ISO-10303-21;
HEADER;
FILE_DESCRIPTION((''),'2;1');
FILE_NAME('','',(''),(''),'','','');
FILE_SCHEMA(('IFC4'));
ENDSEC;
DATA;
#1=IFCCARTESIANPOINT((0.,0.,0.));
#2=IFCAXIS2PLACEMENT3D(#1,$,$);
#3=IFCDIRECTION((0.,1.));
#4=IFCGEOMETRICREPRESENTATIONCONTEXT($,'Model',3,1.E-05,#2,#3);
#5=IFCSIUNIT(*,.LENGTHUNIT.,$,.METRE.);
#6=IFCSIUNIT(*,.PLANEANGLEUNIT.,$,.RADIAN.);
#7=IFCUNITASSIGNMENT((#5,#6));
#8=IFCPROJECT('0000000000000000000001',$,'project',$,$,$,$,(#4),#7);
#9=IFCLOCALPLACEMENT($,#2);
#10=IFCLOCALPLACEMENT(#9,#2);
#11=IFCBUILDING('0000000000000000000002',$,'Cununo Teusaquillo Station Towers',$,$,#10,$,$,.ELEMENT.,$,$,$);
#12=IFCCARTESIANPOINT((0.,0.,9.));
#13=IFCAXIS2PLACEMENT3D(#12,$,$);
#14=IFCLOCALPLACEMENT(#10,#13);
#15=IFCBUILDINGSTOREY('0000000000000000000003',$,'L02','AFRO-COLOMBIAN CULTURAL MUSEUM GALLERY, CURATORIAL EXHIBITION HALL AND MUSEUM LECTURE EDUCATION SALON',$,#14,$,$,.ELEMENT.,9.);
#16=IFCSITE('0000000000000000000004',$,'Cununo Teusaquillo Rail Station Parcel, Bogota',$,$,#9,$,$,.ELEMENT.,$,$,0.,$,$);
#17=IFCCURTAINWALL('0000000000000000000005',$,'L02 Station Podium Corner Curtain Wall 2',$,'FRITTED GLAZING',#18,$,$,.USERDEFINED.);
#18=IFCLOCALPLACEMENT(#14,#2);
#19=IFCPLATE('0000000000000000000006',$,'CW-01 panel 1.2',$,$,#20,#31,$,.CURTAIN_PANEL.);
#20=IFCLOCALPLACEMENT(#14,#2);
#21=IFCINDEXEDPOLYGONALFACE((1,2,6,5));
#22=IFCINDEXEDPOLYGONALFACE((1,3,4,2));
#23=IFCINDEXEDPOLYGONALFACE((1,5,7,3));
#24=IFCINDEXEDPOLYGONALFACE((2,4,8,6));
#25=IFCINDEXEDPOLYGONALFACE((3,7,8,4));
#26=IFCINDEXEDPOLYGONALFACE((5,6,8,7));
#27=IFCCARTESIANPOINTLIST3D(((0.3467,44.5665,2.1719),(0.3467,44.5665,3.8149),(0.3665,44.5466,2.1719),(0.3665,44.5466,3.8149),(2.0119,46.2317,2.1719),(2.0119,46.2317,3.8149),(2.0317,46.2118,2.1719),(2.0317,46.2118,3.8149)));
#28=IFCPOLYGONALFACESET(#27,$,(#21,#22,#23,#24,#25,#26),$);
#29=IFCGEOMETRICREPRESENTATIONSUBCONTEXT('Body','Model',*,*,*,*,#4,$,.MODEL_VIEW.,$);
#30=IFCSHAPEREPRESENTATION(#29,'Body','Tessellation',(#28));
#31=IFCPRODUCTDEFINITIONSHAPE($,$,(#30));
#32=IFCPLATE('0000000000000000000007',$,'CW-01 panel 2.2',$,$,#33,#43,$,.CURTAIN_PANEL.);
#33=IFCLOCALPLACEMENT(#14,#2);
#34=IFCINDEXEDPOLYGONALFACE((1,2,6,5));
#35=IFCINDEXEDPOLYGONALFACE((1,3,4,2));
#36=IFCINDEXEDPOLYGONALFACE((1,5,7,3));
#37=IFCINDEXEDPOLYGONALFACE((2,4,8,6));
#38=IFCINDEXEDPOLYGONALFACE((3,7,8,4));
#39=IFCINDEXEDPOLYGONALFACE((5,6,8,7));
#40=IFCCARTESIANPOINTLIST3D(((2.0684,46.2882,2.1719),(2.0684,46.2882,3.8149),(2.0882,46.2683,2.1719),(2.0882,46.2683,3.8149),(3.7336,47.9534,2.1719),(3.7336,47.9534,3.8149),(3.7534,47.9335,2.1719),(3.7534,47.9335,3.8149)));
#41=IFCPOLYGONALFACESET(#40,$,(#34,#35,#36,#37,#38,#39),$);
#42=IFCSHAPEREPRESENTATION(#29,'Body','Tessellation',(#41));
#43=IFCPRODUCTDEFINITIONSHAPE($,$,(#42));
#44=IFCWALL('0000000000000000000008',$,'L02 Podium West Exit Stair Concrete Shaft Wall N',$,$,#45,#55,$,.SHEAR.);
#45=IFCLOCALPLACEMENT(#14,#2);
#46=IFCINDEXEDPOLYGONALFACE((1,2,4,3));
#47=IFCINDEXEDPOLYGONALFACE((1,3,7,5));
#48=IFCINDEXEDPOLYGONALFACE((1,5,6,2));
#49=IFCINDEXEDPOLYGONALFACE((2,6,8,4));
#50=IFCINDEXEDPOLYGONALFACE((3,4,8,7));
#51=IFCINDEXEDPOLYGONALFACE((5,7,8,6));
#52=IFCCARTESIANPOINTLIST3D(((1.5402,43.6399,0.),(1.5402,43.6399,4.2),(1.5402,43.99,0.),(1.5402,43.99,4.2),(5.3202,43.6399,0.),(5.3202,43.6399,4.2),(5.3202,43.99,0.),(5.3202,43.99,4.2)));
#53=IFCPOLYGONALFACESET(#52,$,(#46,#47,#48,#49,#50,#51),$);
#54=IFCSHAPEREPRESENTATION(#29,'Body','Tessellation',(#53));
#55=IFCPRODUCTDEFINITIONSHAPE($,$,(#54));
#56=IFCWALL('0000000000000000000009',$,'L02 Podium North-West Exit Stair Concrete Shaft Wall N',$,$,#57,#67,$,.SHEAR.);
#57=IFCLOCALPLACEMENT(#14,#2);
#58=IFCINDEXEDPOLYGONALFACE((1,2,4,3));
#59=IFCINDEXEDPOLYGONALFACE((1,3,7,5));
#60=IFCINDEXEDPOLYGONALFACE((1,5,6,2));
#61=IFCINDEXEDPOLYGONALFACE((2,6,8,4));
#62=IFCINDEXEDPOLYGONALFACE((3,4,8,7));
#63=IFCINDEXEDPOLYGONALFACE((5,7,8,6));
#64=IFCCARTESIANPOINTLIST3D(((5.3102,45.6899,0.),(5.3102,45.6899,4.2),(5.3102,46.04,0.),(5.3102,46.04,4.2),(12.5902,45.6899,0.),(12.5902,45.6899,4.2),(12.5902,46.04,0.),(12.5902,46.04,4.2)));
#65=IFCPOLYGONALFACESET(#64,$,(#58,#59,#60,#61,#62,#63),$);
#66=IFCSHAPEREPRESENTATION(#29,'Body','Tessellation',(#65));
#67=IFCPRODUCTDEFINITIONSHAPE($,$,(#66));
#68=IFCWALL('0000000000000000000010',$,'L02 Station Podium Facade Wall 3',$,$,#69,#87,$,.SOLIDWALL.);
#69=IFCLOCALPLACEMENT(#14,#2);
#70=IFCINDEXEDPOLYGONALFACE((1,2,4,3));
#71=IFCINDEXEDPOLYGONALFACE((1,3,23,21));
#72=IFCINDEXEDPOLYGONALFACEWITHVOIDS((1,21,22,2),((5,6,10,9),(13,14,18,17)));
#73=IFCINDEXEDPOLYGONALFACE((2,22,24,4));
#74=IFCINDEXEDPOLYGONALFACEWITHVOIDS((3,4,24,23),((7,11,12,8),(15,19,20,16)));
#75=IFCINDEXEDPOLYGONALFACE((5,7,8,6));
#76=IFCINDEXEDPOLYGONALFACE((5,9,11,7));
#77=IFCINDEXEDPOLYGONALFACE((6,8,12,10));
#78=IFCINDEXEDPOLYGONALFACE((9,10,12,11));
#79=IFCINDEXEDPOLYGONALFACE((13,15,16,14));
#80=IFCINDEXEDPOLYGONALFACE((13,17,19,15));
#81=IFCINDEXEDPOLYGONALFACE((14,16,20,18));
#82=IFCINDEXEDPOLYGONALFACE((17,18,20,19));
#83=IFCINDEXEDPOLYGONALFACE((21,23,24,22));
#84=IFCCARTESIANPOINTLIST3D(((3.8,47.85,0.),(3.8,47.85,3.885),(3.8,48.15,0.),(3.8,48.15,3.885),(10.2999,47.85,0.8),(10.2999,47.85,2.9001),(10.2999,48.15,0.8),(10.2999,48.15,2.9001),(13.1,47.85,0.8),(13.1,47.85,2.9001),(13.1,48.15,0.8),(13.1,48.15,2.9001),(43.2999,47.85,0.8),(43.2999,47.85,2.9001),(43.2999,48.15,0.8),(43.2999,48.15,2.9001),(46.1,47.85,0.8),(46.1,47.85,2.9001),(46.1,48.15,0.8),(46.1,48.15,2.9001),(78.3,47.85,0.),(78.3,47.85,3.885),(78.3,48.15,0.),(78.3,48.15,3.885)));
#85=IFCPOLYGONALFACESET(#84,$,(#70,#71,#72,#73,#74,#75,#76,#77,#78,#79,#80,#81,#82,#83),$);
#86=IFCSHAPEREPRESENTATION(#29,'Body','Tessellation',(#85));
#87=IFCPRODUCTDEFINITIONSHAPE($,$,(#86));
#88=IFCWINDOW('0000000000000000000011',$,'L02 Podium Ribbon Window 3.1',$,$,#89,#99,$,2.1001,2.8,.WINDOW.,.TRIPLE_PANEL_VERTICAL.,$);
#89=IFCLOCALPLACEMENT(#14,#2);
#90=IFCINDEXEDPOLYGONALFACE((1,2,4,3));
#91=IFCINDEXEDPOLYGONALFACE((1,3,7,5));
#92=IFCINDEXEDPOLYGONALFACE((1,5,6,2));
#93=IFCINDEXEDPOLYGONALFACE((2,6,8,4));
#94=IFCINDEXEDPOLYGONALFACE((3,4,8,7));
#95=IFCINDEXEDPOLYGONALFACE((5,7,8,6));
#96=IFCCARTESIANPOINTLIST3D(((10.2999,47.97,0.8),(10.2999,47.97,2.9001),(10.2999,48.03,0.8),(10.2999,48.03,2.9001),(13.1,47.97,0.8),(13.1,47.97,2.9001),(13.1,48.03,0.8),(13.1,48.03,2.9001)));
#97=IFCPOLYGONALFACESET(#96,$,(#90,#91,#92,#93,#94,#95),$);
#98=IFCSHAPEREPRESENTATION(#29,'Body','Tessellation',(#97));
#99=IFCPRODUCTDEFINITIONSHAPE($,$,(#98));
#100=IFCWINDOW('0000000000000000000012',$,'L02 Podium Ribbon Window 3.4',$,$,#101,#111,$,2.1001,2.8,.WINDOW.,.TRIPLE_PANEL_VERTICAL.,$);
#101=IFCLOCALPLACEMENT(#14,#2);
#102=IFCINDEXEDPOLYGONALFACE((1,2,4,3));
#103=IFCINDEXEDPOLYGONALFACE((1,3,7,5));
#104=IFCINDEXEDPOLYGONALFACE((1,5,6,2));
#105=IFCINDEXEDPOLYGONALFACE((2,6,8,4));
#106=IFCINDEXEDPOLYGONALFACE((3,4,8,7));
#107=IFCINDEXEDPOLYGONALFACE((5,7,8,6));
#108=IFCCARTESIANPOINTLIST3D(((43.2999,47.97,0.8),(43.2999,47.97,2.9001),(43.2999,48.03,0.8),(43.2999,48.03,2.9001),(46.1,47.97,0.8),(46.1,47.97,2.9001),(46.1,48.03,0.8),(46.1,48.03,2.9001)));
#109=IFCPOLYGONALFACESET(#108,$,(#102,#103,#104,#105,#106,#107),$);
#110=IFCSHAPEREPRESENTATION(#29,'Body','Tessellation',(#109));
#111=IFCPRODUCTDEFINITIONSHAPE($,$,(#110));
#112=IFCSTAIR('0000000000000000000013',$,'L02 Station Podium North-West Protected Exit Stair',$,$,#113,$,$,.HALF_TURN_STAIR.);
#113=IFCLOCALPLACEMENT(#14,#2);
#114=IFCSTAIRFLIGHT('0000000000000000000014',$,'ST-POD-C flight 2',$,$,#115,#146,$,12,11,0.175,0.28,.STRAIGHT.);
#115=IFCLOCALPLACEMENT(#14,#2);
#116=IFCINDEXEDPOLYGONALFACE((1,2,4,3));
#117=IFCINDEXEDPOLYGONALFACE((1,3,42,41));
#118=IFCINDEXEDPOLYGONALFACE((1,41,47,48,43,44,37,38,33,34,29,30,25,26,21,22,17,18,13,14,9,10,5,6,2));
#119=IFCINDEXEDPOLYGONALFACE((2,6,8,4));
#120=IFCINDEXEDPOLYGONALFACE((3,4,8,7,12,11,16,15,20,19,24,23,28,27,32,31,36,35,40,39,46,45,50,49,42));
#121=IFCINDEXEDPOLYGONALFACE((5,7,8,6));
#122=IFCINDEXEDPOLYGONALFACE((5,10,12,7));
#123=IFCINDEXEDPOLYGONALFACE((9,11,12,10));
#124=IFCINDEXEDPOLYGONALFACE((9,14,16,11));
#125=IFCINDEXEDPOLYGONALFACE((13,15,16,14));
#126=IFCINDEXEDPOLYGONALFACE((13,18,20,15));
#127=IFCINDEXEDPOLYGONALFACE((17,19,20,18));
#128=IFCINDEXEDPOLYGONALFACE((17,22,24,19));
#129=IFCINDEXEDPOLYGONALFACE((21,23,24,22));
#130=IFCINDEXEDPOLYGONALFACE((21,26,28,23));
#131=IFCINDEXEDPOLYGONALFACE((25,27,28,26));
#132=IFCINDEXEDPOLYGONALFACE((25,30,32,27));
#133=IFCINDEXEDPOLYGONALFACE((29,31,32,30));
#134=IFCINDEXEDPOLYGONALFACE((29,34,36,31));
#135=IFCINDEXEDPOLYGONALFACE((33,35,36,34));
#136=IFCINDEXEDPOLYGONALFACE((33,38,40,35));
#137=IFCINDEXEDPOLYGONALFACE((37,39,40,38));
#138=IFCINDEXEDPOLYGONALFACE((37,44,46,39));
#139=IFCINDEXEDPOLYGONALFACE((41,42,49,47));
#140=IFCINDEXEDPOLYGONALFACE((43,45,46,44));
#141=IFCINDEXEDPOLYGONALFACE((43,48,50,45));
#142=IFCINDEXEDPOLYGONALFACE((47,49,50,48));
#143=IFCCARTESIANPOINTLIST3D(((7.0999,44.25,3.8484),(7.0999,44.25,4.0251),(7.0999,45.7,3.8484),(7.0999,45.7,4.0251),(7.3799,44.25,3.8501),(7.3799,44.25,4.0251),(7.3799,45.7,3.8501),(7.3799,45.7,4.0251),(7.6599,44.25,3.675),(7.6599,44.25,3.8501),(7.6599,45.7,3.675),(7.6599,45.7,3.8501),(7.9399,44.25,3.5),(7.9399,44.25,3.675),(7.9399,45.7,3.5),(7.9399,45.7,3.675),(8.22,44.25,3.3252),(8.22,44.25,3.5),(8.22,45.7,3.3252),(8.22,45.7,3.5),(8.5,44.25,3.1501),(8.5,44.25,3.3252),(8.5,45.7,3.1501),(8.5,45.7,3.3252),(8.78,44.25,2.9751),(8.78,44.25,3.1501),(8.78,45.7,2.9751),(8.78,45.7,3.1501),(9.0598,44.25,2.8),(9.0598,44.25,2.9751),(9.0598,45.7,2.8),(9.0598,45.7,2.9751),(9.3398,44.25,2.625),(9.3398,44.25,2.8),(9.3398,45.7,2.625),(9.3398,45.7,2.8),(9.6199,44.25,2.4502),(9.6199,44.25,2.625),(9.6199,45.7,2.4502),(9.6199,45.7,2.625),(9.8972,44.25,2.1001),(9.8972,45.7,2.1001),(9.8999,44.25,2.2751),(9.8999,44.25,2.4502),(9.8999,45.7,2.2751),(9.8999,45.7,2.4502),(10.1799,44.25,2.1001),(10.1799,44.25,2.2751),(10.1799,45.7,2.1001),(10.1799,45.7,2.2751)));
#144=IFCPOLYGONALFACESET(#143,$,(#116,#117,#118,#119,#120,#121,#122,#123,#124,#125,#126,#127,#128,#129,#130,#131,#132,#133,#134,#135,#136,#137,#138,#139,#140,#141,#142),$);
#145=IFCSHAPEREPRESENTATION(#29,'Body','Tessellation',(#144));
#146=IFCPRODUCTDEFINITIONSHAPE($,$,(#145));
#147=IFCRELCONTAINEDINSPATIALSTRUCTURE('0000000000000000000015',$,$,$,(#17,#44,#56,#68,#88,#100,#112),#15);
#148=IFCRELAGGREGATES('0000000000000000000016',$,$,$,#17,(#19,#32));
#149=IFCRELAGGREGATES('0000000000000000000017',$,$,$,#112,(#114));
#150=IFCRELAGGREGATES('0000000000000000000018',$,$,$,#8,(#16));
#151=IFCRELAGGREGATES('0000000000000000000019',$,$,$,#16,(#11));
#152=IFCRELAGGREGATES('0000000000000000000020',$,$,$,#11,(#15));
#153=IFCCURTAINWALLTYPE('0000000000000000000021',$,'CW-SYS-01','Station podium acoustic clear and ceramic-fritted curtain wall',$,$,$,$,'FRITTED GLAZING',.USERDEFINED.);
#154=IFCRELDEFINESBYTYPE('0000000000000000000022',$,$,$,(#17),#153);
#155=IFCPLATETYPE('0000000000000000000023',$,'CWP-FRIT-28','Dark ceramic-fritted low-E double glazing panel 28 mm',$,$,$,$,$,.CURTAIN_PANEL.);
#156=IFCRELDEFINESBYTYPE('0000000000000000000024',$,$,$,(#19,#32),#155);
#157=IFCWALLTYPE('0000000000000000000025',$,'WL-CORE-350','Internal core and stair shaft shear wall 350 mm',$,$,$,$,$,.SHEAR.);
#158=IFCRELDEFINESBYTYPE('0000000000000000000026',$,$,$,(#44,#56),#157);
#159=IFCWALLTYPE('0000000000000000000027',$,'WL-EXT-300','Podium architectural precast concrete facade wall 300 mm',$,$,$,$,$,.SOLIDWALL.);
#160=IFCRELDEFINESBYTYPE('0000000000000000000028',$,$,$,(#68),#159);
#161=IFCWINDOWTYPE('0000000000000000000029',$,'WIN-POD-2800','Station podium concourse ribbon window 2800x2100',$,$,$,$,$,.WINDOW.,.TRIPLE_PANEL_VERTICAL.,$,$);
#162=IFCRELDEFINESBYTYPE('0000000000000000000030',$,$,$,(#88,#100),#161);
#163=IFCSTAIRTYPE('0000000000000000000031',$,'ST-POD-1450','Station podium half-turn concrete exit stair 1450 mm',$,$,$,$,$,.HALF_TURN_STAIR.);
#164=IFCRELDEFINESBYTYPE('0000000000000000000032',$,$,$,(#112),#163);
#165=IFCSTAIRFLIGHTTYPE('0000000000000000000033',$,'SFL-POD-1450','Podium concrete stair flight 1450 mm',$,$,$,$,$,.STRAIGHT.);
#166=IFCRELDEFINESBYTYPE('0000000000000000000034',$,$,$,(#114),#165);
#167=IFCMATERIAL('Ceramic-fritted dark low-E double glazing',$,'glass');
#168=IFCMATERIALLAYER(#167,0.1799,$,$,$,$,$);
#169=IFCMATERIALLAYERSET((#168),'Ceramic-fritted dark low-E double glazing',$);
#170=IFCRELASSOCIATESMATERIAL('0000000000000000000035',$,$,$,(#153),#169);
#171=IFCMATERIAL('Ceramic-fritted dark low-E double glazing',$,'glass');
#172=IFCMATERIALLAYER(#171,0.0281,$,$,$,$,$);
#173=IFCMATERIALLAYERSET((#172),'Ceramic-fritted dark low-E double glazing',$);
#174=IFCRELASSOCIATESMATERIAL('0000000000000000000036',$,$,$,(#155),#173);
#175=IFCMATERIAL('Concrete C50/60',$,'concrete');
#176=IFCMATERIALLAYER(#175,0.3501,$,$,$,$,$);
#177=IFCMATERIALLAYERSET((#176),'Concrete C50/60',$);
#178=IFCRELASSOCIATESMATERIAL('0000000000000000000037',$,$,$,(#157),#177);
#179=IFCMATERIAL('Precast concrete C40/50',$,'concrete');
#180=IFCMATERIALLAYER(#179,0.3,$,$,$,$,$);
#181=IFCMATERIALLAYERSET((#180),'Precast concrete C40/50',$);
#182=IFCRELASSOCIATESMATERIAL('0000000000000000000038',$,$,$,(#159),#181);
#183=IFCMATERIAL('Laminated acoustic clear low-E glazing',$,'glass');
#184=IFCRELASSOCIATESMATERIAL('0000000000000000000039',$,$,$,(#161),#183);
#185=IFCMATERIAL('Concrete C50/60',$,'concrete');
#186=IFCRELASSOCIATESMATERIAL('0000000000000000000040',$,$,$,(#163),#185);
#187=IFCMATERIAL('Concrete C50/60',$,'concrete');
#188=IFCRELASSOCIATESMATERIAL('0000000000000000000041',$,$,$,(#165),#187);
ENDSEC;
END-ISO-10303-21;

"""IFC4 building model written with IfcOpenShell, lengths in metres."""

from ifc_helpers import new_model, si_unit, direction, frame, frame_2d, origin, origin_2d, place, context, subcontext, project, spatial, polyline, rectangle, outline, extrude, source, transform, mapped, material, layer, layer_set, type_object, element, fill, aggregate, save


model = new_model("IFC4")

# Units and contexts
model_context = context("Model", 3, precision=1e-05, world=origin(), true_north=direction((0.0, 1.0)))
body_context = subcontext(model_context, "Body", "Model", "MODEL_VIEW")
ifc_project = project(units=[si_unit("LENGTHUNIT", "METRE"), si_unit("PLANEANGLEUNIT", "RADIAN")], contexts=[model_context])

# Site, building, storey
site_placement = place(None, origin())
site = spatial("IfcSite", under=ifc_project, at=site_placement, Name="Cununo Teusaquillo Rail Station Parcel, Bogota", CompositionType="ELEMENT", RefElevation=0.0)
building_placement = place(site_placement, origin())
building = spatial("IfcBuilding", under=site, at=building_placement, Name="Cununo Teusaquillo Station Towers", CompositionType="ELEMENT")
storey_placement = place(building_placement, frame((0.0, 0.0, 9.0)))
storey = spatial("IfcBuildingStorey", under=building, at=storey_placement, Name="L02", Description="AFRO-COLOMBIAN CULTURAL MUSEUM GALLERY, CURATORIAL EXHIBITION HALL AND MUSEUM LECTURE EDUCATION SALON", CompositionType="ELEMENT", Elevation=9.0)

# Curtain wall, plates
ifc_material_1 = material(Name="Ceramic-fritted dark low-E double glazing", Category="glass")
ifc_layer_1 = layer(ifc_material_1, 0.1799)
ifc_layer_set_1 = layer_set([ifc_layer_1], Name="Ceramic-fritted dark low-E double glazing")
curtain_wall_type = type_object("IfcCurtainWallType", Name="CW-SYS-01", Description="Station podium acoustic clear and ceramic-fritted curtain wall", ElementType="FRITTED GLAZING", PredefinedType="USERDEFINED", material=ifc_layer_set_1)
curtain_wall_placement = place(storey_placement, origin())
curtain_wall = element("IfcCurtainWall", 1, at=curtain_wall_placement, inside=storey, type_object=curtain_wall_type, Name="L02 Station Podium Corner Curtain Wall 2", ObjectType="FRITTED GLAZING", PredefinedType="USERDEFINED")
ifc_material_2 = material(Name="Ceramic-fritted dark low-E double glazing", Category="glass")
ifc_layer_2 = layer(ifc_material_2, 0.0281)
ifc_layer_set_2 = layer_set([ifc_layer_2], Name="Ceramic-fritted dark low-E double glazing")
plate_type = type_object("IfcPlateType", Name="CWP-FRIT-28", Description="Dark ceramic-fritted low-E double glazing panel 28 mm", PredefinedType="CURTAIN_PANEL", material=ifc_layer_set_2)
shared_shape_1 = source(origin(), body_context, "Body", "SweptSolid", [
    extrude(rectangle(XDim=2.355, YDim=0.0281, at=origin_2d()), origin(), (0.0, 0.0, 1.0), 1.6431),
])
plate_1_placement = place(storey_placement, frame((1.1892, 45.3892, 2.1719), z_axis=(0.0, 0.0, 1.0), x_axis=(0.707107, 0.707107, 0.0)))
plate_1 = element("IfcPlate", 2, at=plate_1_placement, type_object=plate_type, Name="CW-01 panel 1.2", PredefinedType="CURTAIN_PANEL", context=body_context, shape_type="MappedRepresentation", body=[
    mapped(shared_shape_1, transform((0.0, 0.0, 0.0), x_axis=(1.0, 0.0, 0.0), y_axis=(0.0, 1.0, 0.0), z_axis=(0.0, 0.0, 1.0), scale=1.0)),
])
plate_2_placement = place(storey_placement, frame((2.9109, 47.1108, 2.1719), z_axis=(0.0, 0.0, 1.0), x_axis=(0.707107, 0.707107, 0.0)))
plate_2 = element("IfcPlate", 3, at=plate_2_placement, type_object=plate_type, Name="CW-01 panel 2.2", PredefinedType="CURTAIN_PANEL", context=body_context, shape_type="MappedRepresentation", body=[
    mapped(shared_shape_1, transform((0.0, 0.0, 0.0), x_axis=(1.0, 0.0, 0.0), y_axis=(0.0, 1.0, 0.0), z_axis=(0.0, 0.0, 1.0), scale=1.0)),
])
aggregate(curtain_wall, [plate_1, plate_2])

# Walls
ifc_material_3 = material(Name="Concrete C50/60", Category="concrete")
ifc_layer_3 = layer(ifc_material_3, 0.3501)
ifc_layer_set_3 = layer_set([ifc_layer_3], Name="Concrete C50/60")
wall_type_1 = type_object("IfcWallType", Name="WL-CORE-350", Description="Internal core and stair shaft shear wall 350 mm", PredefinedType="SHEAR", material=ifc_layer_set_3)
wall_1_placement = place(storey_placement, frame((1.54, 43.8149, 0.0), z_axis=(0.0, 0.0, 1.0), x_axis=(1.0, 0.0, 0.0)))
element("IfcWall", 4, at=wall_1_placement, inside=storey, type_object=wall_type_1, Name="L02 Podium West Exit Stair Concrete Shaft Wall N", PredefinedType="SHEAR", context=body_context, shape_type="SweptSolid", body=[
    extrude(rectangle(XDim=3.78, YDim=0.3501, at=frame_2d((1.8901, 0.0))), origin(), (0.0, 0.0, 1.0), 4.2),
])
wall_2_placement = place(storey_placement, frame((5.3101, 45.865, 0.0), z_axis=(0.0, 0.0, 1.0), x_axis=(1.0, 0.0, 0.0)))
element("IfcWall", 5, at=wall_2_placement, inside=storey, type_object=wall_type_1, Name="L02 Podium North-West Exit Stair Concrete Shaft Wall N", PredefinedType="SHEAR", context=body_context, shape_type="SweptSolid", body=[
    extrude(rectangle(XDim=7.28, YDim=0.3501, at=frame_2d((3.6401, 0.0))), origin(), (0.0, 0.0, 1.0), 4.2),
])

# Wall, openings, windows
ifc_material_4 = material(Name="Precast concrete C40/50", Category="concrete")
ifc_layer_4 = layer(ifc_material_4, 0.3)
ifc_layer_set_4 = layer_set([ifc_layer_4], Name="Precast concrete C40/50")
wall_type_2 = type_object("IfcWallType", Name="WL-EXT-300", Description="Podium architectural precast concrete facade wall 300 mm", PredefinedType="SOLIDWALL", material=ifc_layer_set_4)
wall_3_placement = place(storey_placement, frame((3.8, 48.0, 0.0), z_axis=(0.0, 0.0, 1.0), x_axis=(1.0, 0.0, 0.0)))
wall_3 = element("IfcWall", 6, at=wall_3_placement, inside=storey, type_object=wall_type_2, Name="L02 Station Podium Facade Wall 3", PredefinedType="SOLIDWALL", context=body_context, shape_type="SweptSolid", body=[
    extrude(rectangle(XDim=74.5, YDim=0.3, at=frame_2d((37.25, 0.0))), origin(), (0.0, 0.0, 1.0), 3.885),
])
shared_shape_2 = source(origin(), body_context, "Body", "SweptSolid", [
    extrude(rectangle(XDim=2.8, YDim=2.1001, at=frame_2d((1.3999, 1.05))), frame((0.0, 0.1599, 0.0), z_axis=(0.0, -1.0, 0.0), x_axis=(1.0, 0.0, 0.0)), (0.0, 0.0, 1.0), 0.3201),
])
opening_1_placement = place(wall_3_placement, frame((6.5, 0.0, 0.8)))
opening_1 = element("IfcOpeningElement", 7, at=opening_1_placement, cuts=wall_3, PredefinedType="OPENING", context=body_context, shape_type="MappedRepresentation", body=[
    mapped(shared_shape_2, transform((0.0, 0.0, 0.0), x_axis=(1.0, 0.0, 0.0), y_axis=(0.0, 1.0, 0.0), z_axis=(0.0, 0.0, 1.0), scale=1.0)),
])
opening_2_placement = place(wall_3_placement, frame((39.5, 0.0, 0.8)))
opening_2 = element("IfcOpeningElement", 8, at=opening_2_placement, cuts=wall_3, PredefinedType="OPENING", context=body_context, shape_type="MappedRepresentation", body=[
    mapped(shared_shape_2, transform((0.0, 0.0, 0.0), x_axis=(1.0, 0.0, 0.0), y_axis=(0.0, 1.0, 0.0), z_axis=(0.0, 0.0, 1.0), scale=1.0)),
])
ifc_material_5 = material(Name="Laminated acoustic clear low-E glazing", Category="glass")
window_type = type_object("IfcWindowType", Name="WIN-POD-2800", Description="Station podium concourse ribbon window 2800x2100", PartitioningType="TRIPLE_PANEL_VERTICAL", PredefinedType="WINDOW", material=ifc_material_5)
shared_shape_3 = source(origin(), body_context, "Body", "SweptSolid", [
    extrude(rectangle(XDim=2.8, YDim=2.1001, at=frame_2d((1.3999, 1.05))), frame((0.0, 0.03, 0.0), z_axis=(0.0, -1.0, 0.0), x_axis=(1.0, 0.0, 0.0)), (0.0, 0.0, 1.0), 0.0601),
])
window_1_placement = place(opening_1_placement, origin())
window_1 = element("IfcWindow", 9, at=window_1_placement, inside=storey, type_object=window_type, Name="L02 Podium Ribbon Window 3.1", OverallHeight=2.1001, OverallWidth=2.8, PartitioningType="TRIPLE_PANEL_VERTICAL", PredefinedType="WINDOW", context=body_context, shape_type="MappedRepresentation", body=[
    mapped(shared_shape_3, transform((0.0, 0.0, 0.0), x_axis=(1.0, 0.0, 0.0), y_axis=(0.0, 1.0, 0.0), z_axis=(0.0, 0.0, 1.0), scale=1.0)),
])
fill(opening_1, window_1)
window_2_placement = place(opening_2_placement, origin())
window_2 = element("IfcWindow", 10, at=window_2_placement, inside=storey, type_object=window_type, Name="L02 Podium Ribbon Window 3.4", OverallHeight=2.1001, OverallWidth=2.8, PartitioningType="TRIPLE_PANEL_VERTICAL", PredefinedType="WINDOW", context=body_context, shape_type="MappedRepresentation", body=[
    mapped(shared_shape_3, transform((0.0, 0.0, 0.0), x_axis=(1.0, 0.0, 0.0), y_axis=(0.0, 1.0, 0.0), z_axis=(0.0, 0.0, 1.0), scale=1.0)),
])
fill(opening_2, window_2)

# Stair, stair flight
ifc_material_6 = material(Name="Concrete C50/60", Category="concrete")
stair_type = type_object("IfcStairType", Name="ST-POD-1450", Description="Station podium half-turn concrete exit stair 1450 mm", PredefinedType="HALF_TURN_STAIR", material=ifc_material_6)
stair_placement = place(storey_placement, origin())
stair = element("IfcStair", 11, at=stair_placement, inside=storey, type_object=stair_type, Name="L02 Station Podium North-West Protected Exit Stair", PredefinedType="HALF_TURN_STAIR")
ifc_material_7 = material(Name="Concrete C50/60", Category="concrete")
stair_flight_type = type_object("IfcStairFlightType", Name="SFL-POD-1450", Description="Podium concrete stair flight 1450 mm", PredefinedType="STRAIGHT", material=ifc_material_7)
stair_flight_placement = place(storey_placement, frame((10.1799, 44.9751, 2.1001), z_axis=(0.0, 0.0, 1.0), x_axis=(-1.0, 0.0, 0.0)))
stair_flight = element("IfcStairFlight", 12, at=stair_flight_placement, type_object=stair_flight_type, Name="ST-POD-C flight 2", NumberOfRisers=12, NumberOfTreads=11, PredefinedType="STRAIGHT", RiserHeight=0.175, TreadLength=0.28, context=body_context, shape_type="SweptSolid", body=[
    extrude(outline(polyline([(0.0, 0.0), (0.0, 0.175), (0.28, 0.175), (0.28, 0.3501), (0.5601, 0.3501), (0.5601, 0.5249), (0.8401, 0.5249), (0.8401, 0.7), (1.1201, 0.7), (1.1201, 0.875), (1.3999, 0.875), (1.3999, 1.05), (1.6799, 1.05), (1.6799, 1.2251), (1.96, 1.2251), (1.96, 1.3999), (2.24, 1.3999), (2.24, 1.575), (2.52, 1.575), (2.52, 1.75), (2.8, 1.75), (2.8, 1.925), (3.0801, 1.925), (3.0801, 2.1001), (3.0801, 1.7483), (0.2827, 0.0), (0.0, 0.0)])), frame((0.0, 0.7251, 0.0), z_axis=(0.0, -1.0, 0.0), x_axis=(1.0, 0.0, 0.0)), (0.0, 0.0, 1.0), 1.45),
])
aggregate(stair, [stair_flight])

save(model, "model.ifc")
